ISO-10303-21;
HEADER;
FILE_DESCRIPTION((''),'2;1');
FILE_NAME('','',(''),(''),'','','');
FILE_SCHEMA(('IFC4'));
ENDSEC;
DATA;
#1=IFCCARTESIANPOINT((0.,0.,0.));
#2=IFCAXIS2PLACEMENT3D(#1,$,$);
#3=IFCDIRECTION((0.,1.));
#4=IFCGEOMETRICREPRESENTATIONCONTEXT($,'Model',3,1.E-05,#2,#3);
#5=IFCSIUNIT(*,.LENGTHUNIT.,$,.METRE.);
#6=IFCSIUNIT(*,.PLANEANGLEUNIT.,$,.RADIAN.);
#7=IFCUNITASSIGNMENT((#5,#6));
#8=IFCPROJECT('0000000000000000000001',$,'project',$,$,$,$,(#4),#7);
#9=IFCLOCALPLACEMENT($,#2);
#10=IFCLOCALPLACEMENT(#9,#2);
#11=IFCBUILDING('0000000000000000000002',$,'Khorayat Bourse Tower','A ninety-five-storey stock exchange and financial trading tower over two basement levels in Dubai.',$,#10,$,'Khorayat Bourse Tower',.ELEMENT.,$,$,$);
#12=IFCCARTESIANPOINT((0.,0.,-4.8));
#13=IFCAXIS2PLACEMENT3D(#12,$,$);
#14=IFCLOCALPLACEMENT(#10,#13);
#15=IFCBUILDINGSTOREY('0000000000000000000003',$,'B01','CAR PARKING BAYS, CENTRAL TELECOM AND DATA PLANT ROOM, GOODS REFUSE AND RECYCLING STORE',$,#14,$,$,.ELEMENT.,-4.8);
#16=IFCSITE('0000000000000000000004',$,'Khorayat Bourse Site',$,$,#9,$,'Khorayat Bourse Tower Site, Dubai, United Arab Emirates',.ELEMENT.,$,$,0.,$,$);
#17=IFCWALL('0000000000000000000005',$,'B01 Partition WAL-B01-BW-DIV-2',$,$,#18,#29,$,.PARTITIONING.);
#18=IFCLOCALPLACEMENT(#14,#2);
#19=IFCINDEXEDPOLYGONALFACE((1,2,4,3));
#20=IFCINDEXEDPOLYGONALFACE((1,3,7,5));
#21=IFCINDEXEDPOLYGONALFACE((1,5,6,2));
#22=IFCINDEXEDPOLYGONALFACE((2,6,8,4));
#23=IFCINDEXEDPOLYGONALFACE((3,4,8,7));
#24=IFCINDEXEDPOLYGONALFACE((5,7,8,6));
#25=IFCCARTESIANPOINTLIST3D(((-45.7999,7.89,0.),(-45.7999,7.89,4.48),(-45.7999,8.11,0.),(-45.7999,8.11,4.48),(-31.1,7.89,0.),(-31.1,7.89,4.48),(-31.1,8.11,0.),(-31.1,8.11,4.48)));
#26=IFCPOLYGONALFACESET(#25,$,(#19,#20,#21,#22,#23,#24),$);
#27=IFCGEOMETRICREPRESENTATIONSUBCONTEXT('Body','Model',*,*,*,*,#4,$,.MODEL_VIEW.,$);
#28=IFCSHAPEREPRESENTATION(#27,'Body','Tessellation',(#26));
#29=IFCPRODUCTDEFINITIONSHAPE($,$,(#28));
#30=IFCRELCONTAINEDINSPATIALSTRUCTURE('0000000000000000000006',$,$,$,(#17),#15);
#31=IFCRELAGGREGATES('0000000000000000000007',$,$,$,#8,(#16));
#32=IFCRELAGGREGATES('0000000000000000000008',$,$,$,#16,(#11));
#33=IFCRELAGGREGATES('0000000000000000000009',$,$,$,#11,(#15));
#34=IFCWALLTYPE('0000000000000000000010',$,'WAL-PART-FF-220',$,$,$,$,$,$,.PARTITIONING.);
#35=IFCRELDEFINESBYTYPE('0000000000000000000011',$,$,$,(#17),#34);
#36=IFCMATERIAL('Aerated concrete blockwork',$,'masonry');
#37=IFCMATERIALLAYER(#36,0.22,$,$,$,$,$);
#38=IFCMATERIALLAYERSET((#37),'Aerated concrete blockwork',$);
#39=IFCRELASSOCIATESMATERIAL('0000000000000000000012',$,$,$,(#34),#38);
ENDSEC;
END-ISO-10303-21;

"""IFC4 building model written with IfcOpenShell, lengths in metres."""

from ifc_helpers import new_model, si_unit, direction, frame, frame_2d, origin, place, context, subcontext, project, spatial, rectangle, extrude, source, transform, mapped, material, layer, layer_set, type_object, element, save


model = new_model("IFC4")

# Units and contexts
model_context = context("Model", 3, precision=1e-05, world=origin(), true_north=direction((0.0, 1.0)))
body_context = subcontext(model_context, "Body", "Model", "MODEL_VIEW")
ifc_project = project(units=[si_unit("LENGTHUNIT", "METRE"), si_unit("PLANEANGLEUNIT", "RADIAN")], contexts=[model_context])

# Site, building, storey
site_placement = place(None, origin())
site = spatial("IfcSite", under=ifc_project, at=site_placement, Name="Khorayat Bourse Site", LongName="Khorayat Bourse Tower Site, Dubai, United Arab Emirates", CompositionType="ELEMENT", RefElevation=0.0)
building_placement = place(site_placement, origin())
building = spatial("IfcBuilding", under=site, at=building_placement, Name="Khorayat Bourse Tower", Description="A ninety-five-storey stock exchange and financial trading tower over two basement levels in Dubai.", LongName="Khorayat Bourse Tower", CompositionType="ELEMENT")
storey_placement = place(building_placement, frame((0.0, 0.0, -4.8)))
storey = spatial("IfcBuildingStorey", under=building, at=storey_placement, Name="B01", Description="CAR PARKING BAYS, CENTRAL TELECOM AND DATA PLANT ROOM, GOODS REFUSE AND RECYCLING STORE", CompositionType="ELEMENT", Elevation=-4.8)

# Wall
ifc_material_1 = material(Name="Aerated concrete blockwork", Category="masonry")
ifc_layer_1 = layer(ifc_material_1, 0.22)
ifc_layer_set_1 = layer_set([ifc_layer_1], Name="Aerated concrete blockwork")
wall_type_1 = type_object("IfcWallType", Name="WAL-PART-FF-220", PredefinedType="PARTITIONING", material=ifc_layer_set_1)
shared_shape_1 = source(origin(), body_context, "Body", "SweptSolid", [
    extrude(rectangle(XDim=14.7, YDim=0.22, at=frame_2d((7.3501, 0.0))), origin(), (0.0, 0.0, 1.0), 4.48),
])
for number, where, z_axis, x_axis, name in (
    (1, (-45.8, 8.0, 0.0), (0.0, 0.0, 1.0), (1.0, 0.0, 0.0), "B01 Partition WAL-B01-BW-DIV-2"),
):
    element("IfcWall", number, at=place(storey_placement, frame(where, z_axis=z_axis, x_axis=x_axis)), inside=storey, type_object=wall_type_1, Name=name, PredefinedType="PARTITIONING", context=body_context, shape_type="MappedRepresentation", body=[
        mapped(shared_shape_1, transform((0.0, 0.0, 0.0), scale=1.0)),
    ])

save(model, "model.ifc")
